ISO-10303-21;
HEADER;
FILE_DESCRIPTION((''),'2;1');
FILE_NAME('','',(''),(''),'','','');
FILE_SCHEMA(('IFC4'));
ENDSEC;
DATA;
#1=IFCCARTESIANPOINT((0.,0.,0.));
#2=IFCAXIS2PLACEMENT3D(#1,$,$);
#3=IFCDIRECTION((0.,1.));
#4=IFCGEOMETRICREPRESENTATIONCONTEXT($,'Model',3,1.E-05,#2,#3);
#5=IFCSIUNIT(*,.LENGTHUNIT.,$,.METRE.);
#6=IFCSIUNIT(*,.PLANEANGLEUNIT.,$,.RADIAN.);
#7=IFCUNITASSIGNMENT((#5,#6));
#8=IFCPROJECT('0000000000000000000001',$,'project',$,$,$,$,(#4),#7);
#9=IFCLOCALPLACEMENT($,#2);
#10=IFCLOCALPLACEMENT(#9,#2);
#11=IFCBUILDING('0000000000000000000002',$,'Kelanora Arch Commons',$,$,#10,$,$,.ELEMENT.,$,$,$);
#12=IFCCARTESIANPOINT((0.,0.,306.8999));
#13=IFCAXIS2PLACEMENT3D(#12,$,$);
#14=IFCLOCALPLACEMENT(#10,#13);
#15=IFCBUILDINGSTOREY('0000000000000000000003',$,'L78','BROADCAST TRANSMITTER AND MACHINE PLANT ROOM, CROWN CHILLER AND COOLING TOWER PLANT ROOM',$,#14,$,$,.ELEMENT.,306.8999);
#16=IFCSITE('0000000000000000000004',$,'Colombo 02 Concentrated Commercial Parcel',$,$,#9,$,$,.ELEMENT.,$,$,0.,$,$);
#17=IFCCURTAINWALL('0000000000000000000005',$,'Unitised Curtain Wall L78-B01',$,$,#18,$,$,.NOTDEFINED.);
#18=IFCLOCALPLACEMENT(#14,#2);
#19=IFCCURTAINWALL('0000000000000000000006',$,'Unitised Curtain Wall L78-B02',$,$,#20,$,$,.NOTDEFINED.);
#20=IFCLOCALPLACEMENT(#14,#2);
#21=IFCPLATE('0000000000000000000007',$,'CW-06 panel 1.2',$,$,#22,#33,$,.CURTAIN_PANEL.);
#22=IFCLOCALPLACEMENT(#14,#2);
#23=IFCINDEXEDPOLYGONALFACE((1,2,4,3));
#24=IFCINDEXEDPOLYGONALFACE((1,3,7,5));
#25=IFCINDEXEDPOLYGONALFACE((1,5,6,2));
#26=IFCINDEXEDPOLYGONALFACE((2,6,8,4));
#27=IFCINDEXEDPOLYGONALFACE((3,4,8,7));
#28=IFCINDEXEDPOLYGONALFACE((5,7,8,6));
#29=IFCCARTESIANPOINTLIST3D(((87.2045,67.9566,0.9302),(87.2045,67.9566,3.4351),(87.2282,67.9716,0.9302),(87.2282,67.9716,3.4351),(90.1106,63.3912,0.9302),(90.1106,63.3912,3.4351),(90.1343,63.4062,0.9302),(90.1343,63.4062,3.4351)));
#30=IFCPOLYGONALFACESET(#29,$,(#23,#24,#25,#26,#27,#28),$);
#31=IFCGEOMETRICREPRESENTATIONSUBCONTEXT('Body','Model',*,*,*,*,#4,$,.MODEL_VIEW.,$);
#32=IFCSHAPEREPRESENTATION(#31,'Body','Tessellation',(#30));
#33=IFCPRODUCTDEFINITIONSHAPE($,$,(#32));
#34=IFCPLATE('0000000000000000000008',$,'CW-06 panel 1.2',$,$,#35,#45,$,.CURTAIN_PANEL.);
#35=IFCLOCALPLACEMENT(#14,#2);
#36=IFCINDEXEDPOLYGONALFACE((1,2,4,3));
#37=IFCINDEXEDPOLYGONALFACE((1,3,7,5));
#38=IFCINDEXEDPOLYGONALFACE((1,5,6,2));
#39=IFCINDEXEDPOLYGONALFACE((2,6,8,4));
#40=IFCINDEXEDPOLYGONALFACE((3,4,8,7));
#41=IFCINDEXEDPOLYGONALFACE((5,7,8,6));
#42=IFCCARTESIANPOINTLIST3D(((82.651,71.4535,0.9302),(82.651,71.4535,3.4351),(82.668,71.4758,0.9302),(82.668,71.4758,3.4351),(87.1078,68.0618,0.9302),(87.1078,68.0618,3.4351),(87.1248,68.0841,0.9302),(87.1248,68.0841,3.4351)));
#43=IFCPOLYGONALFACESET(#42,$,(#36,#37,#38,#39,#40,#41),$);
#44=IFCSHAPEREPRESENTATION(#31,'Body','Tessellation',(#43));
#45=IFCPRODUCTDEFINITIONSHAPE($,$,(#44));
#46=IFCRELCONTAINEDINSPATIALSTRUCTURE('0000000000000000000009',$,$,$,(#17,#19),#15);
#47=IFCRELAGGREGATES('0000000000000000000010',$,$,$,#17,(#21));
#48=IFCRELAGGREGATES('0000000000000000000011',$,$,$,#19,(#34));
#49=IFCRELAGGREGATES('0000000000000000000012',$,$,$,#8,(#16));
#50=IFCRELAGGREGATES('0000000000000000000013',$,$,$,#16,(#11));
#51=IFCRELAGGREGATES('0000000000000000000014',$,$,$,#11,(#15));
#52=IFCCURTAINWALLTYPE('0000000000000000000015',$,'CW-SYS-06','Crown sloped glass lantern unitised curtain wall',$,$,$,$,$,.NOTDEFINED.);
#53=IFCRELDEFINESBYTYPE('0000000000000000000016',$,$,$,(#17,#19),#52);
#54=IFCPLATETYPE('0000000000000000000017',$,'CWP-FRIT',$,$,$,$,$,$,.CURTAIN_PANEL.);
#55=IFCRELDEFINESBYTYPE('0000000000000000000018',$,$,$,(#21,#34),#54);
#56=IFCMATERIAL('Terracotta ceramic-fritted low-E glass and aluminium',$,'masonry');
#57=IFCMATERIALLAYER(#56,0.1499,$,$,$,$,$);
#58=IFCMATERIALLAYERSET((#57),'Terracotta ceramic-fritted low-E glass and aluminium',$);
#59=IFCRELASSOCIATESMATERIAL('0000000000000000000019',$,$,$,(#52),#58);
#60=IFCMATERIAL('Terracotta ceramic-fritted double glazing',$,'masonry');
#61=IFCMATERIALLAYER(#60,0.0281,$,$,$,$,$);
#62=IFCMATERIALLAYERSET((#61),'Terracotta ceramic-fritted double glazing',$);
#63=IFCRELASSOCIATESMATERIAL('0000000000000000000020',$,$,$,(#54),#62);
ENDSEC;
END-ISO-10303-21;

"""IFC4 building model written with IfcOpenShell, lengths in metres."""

from ifc_helpers import new_model, si_unit, direction, frame, origin, origin_2d, place, context, subcontext, project, spatial, rectangle, extrude, source, transform, mapped, material, layer, layer_set, type_object, element, aggregate, save


model = new_model("IFC4")

# Units and contexts
model_context = context("Model", 3, precision=1e-05, world=origin(), true_north=direction((0.0, 1.0)))
body_context = subcontext(model_context, "Body", "Model", "MODEL_VIEW")
ifc_project = project(units=[si_unit("LENGTHUNIT", "METRE"), si_unit("PLANEANGLEUNIT", "RADIAN")], contexts=[model_context])

# Site, building, storey
site_placement = place(None, origin())
site = spatial("IfcSite", under=ifc_project, at=site_placement, Name="Colombo 02 Concentrated Commercial Parcel", CompositionType="ELEMENT", RefElevation=0.0)
building_placement = place(site_placement, origin())
building = spatial("IfcBuilding", under=site, at=building_placement, Name="Kelanora Arch Commons", CompositionType="ELEMENT")
storey_placement = place(building_placement, frame((0.0, 0.0, 306.8999)))
storey = spatial("IfcBuildingStorey", under=building, at=storey_placement, Name="L78", Description="BROADCAST TRANSMITTER AND MACHINE PLANT ROOM, CROWN CHILLER AND COOLING TOWER PLANT ROOM", CompositionType="ELEMENT", Elevation=306.8999)

# Curtain wall
ifc_material_1 = material(Name="Terracotta ceramic-fritted low-E glass and aluminium", Category="masonry")
ifc_layer_1 = layer(ifc_material_1, 0.1499)
ifc_layer_set_1 = layer_set([ifc_layer_1], Name="Terracotta ceramic-fritted low-E glass and aluminium")
curtain_wall_type = type_object("IfcCurtainWallType", Name="CW-SYS-06", Description="Crown sloped glass lantern unitised curtain wall", PredefinedType="NOTDEFINED", material=ifc_layer_set_1)
curtain_wall_1_placement = place(storey_placement, origin())
curtain_wall_1 = element("IfcCurtainWall", 1, at=curtain_wall_1_placement, inside=storey, type_object=curtain_wall_type, Name="Unitised Curtain Wall L78-B01", PredefinedType="NOTDEFINED")

# Curtain wall
curtain_wall_2_placement = place(storey_placement, origin())
curtain_wall_2 = element("IfcCurtainWall", 2, at=curtain_wall_2_placement, inside=storey, type_object=curtain_wall_type, Name="Unitised Curtain Wall L78-B02", PredefinedType="NOTDEFINED")

# Plates
ifc_material_2 = material(Name="Terracotta ceramic-fritted double glazing", Category="masonry")
ifc_layer_2 = layer(ifc_material_2, 0.0281)
ifc_layer_set_2 = layer_set([ifc_layer_2], Name="Terracotta ceramic-fritted double glazing")
plate_type = type_object("IfcPlateType", Name="CWP-FRIT", PredefinedType="CURTAIN_PANEL", material=ifc_layer_set_2)
shared_shape_1 = source(origin(), body_context, "Body", "SweptSolid", [
    extrude(rectangle(XDim=5.4119, YDim=0.0281, at=origin_2d()), origin(), (0.0, 0.0, 1.0), 2.5049),
])
plate_1_placement = place(storey_placement, frame((88.6694, 65.6814, 0.9302), z_axis=(0.0, 0.0, 1.0), x_axis=(-0.536984, 0.843592, 0.0)))
plate_1 = element("IfcPlate", 3, at=plate_1_placement, type_object=plate_type, Name="CW-06 panel 1.2", PredefinedType="CURTAIN_PANEL", context=body_context, shape_type="MappedRepresentation", body=[
    mapped(shared_shape_1, transform((0.0, 0.0, 0.0), scale=1.0)),
])
aggregate(curtain_wall_1, [plate_1])
shared_shape_2 = source(origin(), body_context, "Body", "SweptSolid", [
    extrude(rectangle(XDim=5.6006, YDim=0.0281, at=origin_2d()), origin(), (0.0, 0.0, 1.0), 2.5049),
])
plate_2_placement = place(storey_placement, frame((84.8879, 69.7688, 0.9302), z_axis=(0.0, 0.0, 1.0), x_axis=(-0.795772, 0.605596, 0.0)))
plate_2 = element("IfcPlate", 4, at=plate_2_placement, type_object=plate_type, Name="CW-06 panel 1.2", PredefinedType="CURTAIN_PANEL", context=body_context, shape_type="MappedRepresentation", body=[
    mapped(shared_shape_2, transform((0.0, 0.0, 0.0), scale=1.0)),
])
aggregate(curtain_wall_2, [plate_2])

save(model, "model.ifc")
